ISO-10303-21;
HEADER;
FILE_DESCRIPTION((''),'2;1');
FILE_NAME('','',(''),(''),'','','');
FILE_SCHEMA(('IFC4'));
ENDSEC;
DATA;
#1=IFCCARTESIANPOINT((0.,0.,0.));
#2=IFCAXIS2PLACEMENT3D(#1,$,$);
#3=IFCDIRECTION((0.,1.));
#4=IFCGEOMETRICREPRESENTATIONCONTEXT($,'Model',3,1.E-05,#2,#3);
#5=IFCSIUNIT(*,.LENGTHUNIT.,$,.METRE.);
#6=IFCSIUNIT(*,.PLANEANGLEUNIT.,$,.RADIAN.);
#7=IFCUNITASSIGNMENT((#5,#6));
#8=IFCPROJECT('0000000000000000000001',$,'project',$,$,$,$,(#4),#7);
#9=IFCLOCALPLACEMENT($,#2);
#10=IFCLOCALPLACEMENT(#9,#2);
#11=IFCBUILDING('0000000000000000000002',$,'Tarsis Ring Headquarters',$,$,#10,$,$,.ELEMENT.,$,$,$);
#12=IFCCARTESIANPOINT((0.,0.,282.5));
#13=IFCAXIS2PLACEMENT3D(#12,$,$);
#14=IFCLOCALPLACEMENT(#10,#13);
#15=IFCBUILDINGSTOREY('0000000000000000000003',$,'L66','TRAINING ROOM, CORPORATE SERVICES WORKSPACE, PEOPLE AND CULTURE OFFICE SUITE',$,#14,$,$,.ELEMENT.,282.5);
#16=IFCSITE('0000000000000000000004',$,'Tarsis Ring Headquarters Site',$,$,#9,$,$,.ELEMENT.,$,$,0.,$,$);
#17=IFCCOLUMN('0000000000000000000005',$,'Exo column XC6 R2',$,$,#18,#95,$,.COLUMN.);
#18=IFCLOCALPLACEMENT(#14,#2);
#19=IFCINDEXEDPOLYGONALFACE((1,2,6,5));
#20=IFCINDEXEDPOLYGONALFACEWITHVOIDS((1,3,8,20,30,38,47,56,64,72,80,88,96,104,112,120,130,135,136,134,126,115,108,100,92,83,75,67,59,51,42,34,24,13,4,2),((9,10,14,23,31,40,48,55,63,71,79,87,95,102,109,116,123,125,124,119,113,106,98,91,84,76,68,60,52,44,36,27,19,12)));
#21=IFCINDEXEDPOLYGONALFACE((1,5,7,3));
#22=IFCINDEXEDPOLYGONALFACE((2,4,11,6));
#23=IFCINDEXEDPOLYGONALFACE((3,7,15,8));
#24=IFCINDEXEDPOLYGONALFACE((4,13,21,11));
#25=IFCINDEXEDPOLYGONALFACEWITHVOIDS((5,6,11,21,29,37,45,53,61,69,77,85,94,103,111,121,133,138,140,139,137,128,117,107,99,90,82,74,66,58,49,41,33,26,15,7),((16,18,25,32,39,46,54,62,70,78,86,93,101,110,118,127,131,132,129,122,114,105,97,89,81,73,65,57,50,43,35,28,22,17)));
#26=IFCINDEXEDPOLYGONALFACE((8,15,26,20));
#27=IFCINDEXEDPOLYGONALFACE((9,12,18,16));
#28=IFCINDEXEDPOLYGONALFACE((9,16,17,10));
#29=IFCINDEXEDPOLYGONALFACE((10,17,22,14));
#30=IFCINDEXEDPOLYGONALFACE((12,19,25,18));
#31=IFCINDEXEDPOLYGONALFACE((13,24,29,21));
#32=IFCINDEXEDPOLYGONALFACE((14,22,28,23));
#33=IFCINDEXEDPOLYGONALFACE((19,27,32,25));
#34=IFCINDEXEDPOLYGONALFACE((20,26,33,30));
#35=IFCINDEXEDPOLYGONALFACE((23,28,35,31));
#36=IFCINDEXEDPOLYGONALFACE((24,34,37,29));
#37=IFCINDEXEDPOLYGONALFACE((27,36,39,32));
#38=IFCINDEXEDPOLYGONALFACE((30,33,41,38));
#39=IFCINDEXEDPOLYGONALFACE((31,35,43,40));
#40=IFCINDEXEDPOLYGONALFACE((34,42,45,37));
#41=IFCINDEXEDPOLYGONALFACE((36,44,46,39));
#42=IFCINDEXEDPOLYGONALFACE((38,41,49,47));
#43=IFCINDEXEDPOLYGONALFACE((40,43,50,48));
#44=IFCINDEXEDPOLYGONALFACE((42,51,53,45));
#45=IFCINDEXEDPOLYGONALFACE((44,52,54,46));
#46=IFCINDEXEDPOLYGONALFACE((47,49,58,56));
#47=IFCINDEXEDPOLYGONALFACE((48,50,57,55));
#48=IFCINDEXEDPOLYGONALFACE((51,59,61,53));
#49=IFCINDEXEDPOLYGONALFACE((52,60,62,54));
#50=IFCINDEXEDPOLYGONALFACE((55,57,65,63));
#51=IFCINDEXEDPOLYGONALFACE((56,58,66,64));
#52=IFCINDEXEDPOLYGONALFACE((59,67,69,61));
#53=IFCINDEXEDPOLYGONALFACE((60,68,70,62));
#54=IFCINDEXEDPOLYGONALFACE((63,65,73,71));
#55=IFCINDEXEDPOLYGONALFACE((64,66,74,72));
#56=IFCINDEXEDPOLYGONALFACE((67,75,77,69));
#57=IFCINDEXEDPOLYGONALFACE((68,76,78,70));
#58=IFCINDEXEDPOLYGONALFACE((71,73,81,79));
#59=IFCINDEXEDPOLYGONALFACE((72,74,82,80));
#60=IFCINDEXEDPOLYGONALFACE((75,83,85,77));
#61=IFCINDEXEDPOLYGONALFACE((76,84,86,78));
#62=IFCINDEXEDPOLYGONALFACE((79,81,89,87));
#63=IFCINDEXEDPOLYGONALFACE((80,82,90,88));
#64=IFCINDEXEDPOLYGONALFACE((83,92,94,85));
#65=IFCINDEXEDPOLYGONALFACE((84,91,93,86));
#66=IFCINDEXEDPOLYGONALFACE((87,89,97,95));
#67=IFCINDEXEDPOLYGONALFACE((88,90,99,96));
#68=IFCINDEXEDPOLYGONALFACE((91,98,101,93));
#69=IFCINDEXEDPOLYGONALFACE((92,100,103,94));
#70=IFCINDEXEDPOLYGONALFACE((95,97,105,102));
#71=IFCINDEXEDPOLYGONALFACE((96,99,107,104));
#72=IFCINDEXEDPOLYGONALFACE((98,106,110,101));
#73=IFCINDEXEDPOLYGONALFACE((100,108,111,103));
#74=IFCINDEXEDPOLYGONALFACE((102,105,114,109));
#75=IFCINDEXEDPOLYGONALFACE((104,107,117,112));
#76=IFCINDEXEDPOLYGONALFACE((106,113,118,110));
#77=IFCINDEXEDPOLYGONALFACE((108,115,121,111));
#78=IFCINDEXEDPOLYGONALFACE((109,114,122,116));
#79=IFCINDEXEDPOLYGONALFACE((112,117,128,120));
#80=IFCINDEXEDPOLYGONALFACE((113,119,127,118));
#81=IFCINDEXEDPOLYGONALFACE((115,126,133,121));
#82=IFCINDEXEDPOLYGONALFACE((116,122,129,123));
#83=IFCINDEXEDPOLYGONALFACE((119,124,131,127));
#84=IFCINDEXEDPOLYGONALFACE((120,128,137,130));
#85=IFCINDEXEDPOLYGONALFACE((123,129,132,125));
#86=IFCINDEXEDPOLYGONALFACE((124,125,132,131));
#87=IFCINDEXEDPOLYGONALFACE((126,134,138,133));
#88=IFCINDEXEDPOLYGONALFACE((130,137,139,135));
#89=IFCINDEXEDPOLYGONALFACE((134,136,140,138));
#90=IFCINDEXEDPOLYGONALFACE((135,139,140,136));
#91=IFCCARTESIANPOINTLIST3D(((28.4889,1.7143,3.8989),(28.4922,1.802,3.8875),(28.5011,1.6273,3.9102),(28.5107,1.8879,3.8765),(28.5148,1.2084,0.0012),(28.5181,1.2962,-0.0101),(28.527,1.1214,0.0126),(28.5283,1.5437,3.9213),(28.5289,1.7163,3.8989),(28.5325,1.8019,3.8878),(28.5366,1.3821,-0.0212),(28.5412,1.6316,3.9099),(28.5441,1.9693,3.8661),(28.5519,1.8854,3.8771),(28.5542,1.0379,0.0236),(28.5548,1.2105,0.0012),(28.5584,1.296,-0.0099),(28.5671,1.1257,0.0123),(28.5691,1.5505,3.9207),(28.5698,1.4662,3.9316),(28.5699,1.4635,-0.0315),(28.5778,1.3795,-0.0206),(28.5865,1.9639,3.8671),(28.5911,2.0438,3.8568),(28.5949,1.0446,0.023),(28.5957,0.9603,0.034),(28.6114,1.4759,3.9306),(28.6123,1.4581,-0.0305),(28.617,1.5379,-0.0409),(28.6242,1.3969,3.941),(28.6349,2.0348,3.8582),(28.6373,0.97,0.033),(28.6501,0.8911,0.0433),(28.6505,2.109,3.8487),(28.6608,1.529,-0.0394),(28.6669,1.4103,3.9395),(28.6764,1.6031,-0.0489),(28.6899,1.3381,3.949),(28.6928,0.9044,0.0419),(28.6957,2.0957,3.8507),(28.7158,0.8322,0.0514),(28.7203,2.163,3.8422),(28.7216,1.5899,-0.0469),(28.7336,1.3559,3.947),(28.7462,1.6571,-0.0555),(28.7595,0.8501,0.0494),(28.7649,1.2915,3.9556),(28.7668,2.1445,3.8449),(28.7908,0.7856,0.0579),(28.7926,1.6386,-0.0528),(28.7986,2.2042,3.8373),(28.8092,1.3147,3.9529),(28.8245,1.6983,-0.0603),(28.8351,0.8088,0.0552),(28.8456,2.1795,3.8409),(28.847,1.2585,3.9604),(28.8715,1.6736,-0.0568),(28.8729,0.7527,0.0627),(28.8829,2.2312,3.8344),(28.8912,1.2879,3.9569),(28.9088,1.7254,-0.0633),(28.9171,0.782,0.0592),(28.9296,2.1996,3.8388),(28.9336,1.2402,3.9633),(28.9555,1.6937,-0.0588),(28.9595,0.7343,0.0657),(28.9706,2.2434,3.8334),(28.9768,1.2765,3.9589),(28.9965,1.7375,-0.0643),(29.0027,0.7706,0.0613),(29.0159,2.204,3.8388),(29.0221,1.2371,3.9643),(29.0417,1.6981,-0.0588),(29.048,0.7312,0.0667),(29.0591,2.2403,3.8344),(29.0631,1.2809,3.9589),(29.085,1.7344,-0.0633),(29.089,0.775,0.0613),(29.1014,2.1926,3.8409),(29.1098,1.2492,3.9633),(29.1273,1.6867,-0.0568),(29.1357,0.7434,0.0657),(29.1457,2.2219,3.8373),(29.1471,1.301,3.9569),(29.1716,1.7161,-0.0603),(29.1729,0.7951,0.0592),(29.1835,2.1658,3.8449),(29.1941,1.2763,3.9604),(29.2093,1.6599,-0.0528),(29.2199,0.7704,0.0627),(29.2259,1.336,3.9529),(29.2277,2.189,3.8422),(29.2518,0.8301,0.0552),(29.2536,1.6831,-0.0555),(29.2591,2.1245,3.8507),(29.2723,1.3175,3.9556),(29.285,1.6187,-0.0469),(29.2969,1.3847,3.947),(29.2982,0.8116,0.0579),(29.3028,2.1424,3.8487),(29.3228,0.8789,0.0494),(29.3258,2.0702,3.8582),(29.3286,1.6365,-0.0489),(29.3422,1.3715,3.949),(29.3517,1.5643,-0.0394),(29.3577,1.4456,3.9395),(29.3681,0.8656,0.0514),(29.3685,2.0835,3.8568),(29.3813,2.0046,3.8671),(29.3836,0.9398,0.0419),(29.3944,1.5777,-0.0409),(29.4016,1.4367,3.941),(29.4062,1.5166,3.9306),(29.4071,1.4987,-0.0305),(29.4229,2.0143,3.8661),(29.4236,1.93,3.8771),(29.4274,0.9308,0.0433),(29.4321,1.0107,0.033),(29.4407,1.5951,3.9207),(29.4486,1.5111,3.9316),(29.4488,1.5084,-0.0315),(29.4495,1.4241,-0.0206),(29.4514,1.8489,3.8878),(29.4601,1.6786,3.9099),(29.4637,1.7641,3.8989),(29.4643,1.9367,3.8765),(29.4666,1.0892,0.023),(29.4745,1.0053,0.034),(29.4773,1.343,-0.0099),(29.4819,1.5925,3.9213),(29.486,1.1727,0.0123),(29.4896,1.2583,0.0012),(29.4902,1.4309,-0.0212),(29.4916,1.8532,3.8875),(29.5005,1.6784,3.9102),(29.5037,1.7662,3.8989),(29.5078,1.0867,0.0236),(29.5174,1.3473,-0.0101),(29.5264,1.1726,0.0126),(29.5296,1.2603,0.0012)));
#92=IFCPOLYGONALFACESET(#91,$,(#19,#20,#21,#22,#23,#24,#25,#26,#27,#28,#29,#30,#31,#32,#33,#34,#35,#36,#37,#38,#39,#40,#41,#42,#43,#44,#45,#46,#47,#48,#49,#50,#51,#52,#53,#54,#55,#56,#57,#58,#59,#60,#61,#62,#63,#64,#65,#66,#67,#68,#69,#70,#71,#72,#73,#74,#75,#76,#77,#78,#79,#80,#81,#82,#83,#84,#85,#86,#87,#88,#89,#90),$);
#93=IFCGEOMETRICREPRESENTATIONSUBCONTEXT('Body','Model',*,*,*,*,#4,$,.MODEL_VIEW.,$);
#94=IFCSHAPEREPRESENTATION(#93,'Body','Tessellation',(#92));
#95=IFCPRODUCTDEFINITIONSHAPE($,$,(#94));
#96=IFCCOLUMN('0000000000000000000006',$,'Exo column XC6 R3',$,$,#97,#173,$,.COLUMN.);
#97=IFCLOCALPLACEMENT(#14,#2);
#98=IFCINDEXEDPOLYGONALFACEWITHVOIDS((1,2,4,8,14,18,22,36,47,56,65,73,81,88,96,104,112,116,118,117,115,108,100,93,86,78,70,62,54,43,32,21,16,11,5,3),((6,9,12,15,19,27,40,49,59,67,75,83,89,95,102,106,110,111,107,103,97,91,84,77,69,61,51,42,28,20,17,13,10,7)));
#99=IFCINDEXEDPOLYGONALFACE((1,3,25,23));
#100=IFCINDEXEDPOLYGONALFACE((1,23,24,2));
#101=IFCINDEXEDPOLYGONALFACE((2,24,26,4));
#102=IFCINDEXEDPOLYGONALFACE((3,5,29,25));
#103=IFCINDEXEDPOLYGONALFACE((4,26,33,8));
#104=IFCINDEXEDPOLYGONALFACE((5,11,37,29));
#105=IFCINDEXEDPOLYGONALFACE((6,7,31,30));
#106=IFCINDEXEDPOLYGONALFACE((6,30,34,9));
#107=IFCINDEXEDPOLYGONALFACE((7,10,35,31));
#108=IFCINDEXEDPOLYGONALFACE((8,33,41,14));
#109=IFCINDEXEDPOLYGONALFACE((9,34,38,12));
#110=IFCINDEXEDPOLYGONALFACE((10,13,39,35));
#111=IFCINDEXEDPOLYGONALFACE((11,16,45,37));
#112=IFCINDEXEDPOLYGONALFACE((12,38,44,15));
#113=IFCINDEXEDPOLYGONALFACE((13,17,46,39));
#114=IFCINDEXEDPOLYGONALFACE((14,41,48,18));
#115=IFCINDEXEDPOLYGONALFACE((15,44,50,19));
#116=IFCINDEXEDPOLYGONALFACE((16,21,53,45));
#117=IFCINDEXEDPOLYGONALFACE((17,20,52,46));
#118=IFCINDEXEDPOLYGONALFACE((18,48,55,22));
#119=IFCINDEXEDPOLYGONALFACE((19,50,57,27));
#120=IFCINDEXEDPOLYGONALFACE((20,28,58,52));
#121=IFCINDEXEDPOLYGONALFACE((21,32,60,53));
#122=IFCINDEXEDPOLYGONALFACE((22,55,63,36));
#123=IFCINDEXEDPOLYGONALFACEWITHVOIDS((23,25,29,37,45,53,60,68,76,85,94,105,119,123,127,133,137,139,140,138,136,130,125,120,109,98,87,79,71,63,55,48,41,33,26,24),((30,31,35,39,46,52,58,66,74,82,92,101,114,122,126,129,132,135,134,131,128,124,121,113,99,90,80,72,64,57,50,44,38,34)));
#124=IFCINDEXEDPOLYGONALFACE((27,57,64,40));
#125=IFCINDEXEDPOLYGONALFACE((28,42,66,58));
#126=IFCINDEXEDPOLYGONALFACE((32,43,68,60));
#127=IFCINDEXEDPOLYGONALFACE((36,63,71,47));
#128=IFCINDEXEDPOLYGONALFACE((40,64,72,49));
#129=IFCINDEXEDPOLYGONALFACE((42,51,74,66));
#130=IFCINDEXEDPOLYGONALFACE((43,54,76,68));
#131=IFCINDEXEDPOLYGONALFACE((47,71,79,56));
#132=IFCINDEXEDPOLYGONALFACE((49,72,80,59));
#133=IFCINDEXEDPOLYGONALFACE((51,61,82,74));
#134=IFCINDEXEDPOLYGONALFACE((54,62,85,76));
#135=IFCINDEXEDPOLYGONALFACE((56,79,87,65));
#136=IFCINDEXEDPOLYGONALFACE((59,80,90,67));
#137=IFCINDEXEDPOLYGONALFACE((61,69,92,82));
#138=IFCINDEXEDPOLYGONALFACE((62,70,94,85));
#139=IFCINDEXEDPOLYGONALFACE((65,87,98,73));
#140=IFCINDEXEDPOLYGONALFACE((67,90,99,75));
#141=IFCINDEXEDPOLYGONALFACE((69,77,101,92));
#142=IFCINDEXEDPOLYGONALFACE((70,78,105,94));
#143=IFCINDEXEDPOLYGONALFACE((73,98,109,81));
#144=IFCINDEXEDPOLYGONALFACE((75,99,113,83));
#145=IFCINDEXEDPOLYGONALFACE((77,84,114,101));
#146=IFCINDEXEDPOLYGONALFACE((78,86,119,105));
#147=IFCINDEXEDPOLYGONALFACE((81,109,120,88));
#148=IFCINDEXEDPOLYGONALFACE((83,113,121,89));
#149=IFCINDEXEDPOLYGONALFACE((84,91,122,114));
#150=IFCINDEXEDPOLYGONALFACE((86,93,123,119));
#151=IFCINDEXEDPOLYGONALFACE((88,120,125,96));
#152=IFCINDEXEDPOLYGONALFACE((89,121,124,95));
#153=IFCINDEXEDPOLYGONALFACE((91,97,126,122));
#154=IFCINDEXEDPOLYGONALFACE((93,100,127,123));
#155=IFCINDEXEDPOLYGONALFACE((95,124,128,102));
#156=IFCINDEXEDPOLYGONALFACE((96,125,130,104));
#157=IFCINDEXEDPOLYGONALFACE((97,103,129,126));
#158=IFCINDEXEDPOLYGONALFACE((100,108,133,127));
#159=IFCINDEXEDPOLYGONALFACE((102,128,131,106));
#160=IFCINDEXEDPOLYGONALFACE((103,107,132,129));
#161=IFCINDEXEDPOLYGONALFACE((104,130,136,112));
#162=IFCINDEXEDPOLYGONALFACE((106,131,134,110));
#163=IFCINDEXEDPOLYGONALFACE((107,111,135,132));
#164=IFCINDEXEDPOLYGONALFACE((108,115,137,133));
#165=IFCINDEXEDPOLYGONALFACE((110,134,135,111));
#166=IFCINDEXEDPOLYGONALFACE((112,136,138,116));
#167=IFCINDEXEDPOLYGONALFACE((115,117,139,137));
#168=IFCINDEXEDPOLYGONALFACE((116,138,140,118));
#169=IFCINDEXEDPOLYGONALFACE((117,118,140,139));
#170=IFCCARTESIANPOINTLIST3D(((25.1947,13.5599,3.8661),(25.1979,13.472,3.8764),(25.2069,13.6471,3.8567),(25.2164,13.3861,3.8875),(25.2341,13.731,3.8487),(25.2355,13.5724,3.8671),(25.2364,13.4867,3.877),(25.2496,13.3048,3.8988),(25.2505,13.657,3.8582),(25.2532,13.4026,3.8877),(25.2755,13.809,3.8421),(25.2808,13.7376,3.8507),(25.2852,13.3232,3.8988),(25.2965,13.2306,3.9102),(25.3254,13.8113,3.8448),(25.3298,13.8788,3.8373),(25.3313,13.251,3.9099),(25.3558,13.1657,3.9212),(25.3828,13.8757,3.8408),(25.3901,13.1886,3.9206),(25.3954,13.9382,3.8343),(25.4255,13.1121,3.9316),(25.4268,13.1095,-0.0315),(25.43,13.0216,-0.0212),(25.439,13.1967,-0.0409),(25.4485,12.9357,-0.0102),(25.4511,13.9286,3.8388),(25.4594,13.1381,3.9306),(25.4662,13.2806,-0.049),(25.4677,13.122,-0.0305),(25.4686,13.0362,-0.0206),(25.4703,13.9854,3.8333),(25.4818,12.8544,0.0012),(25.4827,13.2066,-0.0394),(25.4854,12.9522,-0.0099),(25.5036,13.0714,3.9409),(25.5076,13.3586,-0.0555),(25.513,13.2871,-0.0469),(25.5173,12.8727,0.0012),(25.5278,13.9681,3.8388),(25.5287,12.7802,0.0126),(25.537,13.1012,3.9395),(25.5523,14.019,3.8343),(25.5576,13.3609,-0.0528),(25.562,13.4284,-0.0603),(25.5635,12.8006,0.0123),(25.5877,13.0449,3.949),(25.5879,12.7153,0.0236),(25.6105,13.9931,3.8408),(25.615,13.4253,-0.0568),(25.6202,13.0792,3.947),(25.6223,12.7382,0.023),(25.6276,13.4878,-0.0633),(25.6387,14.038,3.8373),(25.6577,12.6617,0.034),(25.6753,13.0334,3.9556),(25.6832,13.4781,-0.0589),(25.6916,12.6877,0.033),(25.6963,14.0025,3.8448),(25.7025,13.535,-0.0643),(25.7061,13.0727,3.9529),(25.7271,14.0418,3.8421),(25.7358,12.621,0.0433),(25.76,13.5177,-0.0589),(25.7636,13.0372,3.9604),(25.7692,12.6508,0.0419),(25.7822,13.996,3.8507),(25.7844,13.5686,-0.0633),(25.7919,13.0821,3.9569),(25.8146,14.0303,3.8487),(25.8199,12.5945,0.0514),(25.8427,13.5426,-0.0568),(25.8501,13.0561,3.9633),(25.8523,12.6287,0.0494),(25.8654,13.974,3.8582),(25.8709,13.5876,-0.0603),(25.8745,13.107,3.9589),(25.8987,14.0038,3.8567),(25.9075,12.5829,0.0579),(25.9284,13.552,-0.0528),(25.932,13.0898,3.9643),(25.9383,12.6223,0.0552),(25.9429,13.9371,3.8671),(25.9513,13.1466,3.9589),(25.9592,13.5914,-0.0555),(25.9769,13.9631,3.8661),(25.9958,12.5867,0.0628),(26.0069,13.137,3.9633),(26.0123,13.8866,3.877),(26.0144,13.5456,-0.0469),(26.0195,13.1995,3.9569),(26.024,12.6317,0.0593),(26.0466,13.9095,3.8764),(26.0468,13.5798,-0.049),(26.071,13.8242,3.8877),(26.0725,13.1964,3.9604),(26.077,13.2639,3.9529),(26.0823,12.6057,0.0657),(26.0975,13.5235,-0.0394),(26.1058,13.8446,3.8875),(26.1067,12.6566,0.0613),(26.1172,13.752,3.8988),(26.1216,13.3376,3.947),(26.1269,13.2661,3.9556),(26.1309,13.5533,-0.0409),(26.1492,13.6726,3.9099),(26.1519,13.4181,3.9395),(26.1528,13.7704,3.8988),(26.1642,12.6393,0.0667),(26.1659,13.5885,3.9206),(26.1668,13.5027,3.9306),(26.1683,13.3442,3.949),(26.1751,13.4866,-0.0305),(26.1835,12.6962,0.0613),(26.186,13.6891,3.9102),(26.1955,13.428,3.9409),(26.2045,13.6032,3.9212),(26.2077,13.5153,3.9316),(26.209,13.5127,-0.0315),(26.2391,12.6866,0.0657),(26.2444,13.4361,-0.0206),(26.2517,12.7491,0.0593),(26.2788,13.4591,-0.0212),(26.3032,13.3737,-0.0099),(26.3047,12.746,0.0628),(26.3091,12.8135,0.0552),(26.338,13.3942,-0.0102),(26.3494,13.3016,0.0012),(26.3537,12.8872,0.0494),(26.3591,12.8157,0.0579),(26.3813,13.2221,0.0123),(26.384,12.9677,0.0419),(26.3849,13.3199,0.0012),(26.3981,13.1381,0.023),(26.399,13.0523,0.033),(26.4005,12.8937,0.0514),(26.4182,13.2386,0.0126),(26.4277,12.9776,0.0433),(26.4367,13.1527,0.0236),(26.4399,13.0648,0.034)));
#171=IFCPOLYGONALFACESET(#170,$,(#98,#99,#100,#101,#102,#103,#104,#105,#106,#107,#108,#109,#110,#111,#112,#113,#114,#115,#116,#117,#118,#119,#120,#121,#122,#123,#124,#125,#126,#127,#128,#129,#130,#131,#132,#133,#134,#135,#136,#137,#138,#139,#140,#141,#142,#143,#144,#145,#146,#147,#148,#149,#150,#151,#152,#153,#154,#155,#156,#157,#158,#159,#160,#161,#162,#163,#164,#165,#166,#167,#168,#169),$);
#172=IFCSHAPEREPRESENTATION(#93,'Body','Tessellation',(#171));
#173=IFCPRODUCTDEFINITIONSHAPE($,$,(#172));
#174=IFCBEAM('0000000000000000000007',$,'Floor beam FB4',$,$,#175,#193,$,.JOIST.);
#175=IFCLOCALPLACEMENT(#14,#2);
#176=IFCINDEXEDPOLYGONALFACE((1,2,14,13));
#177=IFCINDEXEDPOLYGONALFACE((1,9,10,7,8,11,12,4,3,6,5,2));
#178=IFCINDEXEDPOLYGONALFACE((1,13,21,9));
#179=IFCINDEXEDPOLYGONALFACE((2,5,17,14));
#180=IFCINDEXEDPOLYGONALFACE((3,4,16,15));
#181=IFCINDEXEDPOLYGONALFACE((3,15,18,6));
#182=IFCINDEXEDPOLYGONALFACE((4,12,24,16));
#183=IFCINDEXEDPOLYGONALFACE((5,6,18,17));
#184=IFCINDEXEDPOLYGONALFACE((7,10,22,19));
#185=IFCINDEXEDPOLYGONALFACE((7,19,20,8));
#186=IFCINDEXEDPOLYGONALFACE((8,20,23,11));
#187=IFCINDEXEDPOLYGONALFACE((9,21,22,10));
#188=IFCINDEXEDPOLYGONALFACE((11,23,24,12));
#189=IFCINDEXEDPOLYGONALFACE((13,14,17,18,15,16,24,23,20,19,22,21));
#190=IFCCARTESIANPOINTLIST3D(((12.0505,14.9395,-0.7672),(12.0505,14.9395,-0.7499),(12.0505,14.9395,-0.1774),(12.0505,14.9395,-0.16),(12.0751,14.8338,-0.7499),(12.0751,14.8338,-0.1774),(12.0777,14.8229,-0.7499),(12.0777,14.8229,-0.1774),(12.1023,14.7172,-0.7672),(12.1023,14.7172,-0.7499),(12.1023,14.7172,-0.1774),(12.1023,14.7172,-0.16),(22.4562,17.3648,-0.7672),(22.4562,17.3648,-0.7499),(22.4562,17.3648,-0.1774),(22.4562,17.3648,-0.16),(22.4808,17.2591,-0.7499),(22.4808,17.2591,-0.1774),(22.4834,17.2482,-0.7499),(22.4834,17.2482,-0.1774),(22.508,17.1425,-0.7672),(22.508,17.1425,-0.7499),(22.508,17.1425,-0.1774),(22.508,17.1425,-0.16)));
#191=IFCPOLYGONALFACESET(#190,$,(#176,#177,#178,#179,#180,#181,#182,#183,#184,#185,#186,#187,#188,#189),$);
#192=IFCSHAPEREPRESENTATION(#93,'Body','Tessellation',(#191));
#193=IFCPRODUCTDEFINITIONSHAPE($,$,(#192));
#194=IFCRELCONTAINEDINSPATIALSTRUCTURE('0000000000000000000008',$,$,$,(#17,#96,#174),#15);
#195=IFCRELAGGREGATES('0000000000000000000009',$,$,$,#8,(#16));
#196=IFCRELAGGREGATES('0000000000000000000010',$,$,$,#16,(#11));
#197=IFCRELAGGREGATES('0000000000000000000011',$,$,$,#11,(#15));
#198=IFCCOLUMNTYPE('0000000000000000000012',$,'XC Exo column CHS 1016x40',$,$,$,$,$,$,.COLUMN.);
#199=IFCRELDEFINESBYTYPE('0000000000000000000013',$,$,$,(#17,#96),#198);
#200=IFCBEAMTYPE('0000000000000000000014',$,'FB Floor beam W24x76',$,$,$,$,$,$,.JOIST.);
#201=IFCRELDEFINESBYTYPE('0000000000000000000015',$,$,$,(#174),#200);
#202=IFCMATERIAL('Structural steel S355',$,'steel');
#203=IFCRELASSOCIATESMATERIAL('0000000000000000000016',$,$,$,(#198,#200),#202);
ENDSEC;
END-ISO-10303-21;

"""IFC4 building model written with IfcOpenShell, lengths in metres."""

from ifc_helpers import new_model, si_unit, direction, frame, origin, origin_2d, place, context, subcontext, project, spatial, hollow_circle, i_section, extrude, material, material_profile, profile_set, type_object, element, save


model = new_model("IFC4")

# Units and contexts
model_context = context("Model", 3, precision=1e-05, world=origin(), true_north=direction((0.0, 1.0)))
body_context = subcontext(model_context, "Body", "Model", "MODEL_VIEW")
ifc_project = project(units=[si_unit("LENGTHUNIT", "METRE"), si_unit("PLANEANGLEUNIT", "RADIAN")], contexts=[model_context])

# Site, building, storey
site_placement = place(None, origin())
site = spatial("IfcSite", under=ifc_project, at=site_placement, Name="Tarsis Ring Headquarters Site", CompositionType="ELEMENT", RefElevation=0.0)
building_placement = place(site_placement, origin())
building = spatial("IfcBuilding", under=site, at=building_placement, Name="Tarsis Ring Headquarters", CompositionType="ELEMENT")
storey_placement = place(building_placement, frame((0.0, 0.0, 282.5)))
storey = spatial("IfcBuildingStorey", under=building, at=storey_placement, Name="L66", Description="TRAINING ROOM, CORPORATE SERVICES WORKSPACE, PEOPLE AND CULTURE OFFICE SUITE", CompositionType="ELEMENT", Elevation=282.5)

# Columns
ifc_material_1 = material(Name="Structural steel S355", Category="steel")
ifc_material_profile_1 = material_profile(ifc_material_1, hollow_circle(Radius=0.5081, WallThickness=0.04, at=origin_2d()), Name="CHS 1016x40")
ifc_profile_set_1 = profile_set([ifc_material_profile_1], Name="Structural steel S355")
column_type = type_object("IfcColumnType", Name="XC Exo column CHS 1016x40", PredefinedType="COLUMN", material=ifc_profile_set_1)
for number, where, z_axis, x_axis, name in (
    (1, (29.0222, 1.2344, 0.0012), (-0.006584, 0.128702, 0.991661), (-0.998694, -0.051091, 0.0), "Exo column XC6 R2"),
    (2, (25.9333, 13.0872, 0.0012), (-0.059071, 0.114601, 0.991654), (-0.888868, -0.458164, 0.0), "Exo column XC6 R3"),
):
    element("IfcColumn", number, at=place(storey_placement, frame(where, z_axis=z_axis, x_axis=x_axis)), inside=storey, type_object=column_type, Name=name, PredefinedType="COLUMN", context=body_context, shape_type="SweptSolid", body=[
        extrude(hollow_circle(Radius=0.5081, WallThickness=0.04, at=origin_2d()), origin(), (0.0, 0.0, 1.0), 3.9304),
    ])

# Beam
ifc_material_profile_2 = material_profile(ifc_material_1, i_section(OverallWidth=0.2283, OverallDepth=0.6072, WebThickness=0.0112, FlangeThickness=0.0173, at=origin_2d()), Name="W24x76")
ifc_profile_set_2 = profile_set([ifc_material_profile_2], Name="Structural steel S355")
beam_type_1 = type_object("IfcBeamType", Name="FB Floor beam W24x76", PredefinedType="JOIST", material=ifc_profile_set_2)
beam_1_placement = place(storey_placement, frame((12.0764, 14.8284, -0.4636), z_axis=(0.973897, 0.226988, 0.0), x_axis=(-0.226988, 0.973897, 0.0)))
element("IfcBeam", 3, at=beam_1_placement, inside=storey, type_object=beam_type_1, Name="Floor beam FB4", PredefinedType="JOIST", context=body_context, shape_type="SweptSolid", body=[
    extrude(i_section(OverallWidth=0.2283, OverallDepth=0.6072, WebThickness=0.0112, FlangeThickness=0.0173, at=origin_2d()), origin(), (0.0, 0.0, 1.0), 10.6846),
])

save(model, "model.ifc")
